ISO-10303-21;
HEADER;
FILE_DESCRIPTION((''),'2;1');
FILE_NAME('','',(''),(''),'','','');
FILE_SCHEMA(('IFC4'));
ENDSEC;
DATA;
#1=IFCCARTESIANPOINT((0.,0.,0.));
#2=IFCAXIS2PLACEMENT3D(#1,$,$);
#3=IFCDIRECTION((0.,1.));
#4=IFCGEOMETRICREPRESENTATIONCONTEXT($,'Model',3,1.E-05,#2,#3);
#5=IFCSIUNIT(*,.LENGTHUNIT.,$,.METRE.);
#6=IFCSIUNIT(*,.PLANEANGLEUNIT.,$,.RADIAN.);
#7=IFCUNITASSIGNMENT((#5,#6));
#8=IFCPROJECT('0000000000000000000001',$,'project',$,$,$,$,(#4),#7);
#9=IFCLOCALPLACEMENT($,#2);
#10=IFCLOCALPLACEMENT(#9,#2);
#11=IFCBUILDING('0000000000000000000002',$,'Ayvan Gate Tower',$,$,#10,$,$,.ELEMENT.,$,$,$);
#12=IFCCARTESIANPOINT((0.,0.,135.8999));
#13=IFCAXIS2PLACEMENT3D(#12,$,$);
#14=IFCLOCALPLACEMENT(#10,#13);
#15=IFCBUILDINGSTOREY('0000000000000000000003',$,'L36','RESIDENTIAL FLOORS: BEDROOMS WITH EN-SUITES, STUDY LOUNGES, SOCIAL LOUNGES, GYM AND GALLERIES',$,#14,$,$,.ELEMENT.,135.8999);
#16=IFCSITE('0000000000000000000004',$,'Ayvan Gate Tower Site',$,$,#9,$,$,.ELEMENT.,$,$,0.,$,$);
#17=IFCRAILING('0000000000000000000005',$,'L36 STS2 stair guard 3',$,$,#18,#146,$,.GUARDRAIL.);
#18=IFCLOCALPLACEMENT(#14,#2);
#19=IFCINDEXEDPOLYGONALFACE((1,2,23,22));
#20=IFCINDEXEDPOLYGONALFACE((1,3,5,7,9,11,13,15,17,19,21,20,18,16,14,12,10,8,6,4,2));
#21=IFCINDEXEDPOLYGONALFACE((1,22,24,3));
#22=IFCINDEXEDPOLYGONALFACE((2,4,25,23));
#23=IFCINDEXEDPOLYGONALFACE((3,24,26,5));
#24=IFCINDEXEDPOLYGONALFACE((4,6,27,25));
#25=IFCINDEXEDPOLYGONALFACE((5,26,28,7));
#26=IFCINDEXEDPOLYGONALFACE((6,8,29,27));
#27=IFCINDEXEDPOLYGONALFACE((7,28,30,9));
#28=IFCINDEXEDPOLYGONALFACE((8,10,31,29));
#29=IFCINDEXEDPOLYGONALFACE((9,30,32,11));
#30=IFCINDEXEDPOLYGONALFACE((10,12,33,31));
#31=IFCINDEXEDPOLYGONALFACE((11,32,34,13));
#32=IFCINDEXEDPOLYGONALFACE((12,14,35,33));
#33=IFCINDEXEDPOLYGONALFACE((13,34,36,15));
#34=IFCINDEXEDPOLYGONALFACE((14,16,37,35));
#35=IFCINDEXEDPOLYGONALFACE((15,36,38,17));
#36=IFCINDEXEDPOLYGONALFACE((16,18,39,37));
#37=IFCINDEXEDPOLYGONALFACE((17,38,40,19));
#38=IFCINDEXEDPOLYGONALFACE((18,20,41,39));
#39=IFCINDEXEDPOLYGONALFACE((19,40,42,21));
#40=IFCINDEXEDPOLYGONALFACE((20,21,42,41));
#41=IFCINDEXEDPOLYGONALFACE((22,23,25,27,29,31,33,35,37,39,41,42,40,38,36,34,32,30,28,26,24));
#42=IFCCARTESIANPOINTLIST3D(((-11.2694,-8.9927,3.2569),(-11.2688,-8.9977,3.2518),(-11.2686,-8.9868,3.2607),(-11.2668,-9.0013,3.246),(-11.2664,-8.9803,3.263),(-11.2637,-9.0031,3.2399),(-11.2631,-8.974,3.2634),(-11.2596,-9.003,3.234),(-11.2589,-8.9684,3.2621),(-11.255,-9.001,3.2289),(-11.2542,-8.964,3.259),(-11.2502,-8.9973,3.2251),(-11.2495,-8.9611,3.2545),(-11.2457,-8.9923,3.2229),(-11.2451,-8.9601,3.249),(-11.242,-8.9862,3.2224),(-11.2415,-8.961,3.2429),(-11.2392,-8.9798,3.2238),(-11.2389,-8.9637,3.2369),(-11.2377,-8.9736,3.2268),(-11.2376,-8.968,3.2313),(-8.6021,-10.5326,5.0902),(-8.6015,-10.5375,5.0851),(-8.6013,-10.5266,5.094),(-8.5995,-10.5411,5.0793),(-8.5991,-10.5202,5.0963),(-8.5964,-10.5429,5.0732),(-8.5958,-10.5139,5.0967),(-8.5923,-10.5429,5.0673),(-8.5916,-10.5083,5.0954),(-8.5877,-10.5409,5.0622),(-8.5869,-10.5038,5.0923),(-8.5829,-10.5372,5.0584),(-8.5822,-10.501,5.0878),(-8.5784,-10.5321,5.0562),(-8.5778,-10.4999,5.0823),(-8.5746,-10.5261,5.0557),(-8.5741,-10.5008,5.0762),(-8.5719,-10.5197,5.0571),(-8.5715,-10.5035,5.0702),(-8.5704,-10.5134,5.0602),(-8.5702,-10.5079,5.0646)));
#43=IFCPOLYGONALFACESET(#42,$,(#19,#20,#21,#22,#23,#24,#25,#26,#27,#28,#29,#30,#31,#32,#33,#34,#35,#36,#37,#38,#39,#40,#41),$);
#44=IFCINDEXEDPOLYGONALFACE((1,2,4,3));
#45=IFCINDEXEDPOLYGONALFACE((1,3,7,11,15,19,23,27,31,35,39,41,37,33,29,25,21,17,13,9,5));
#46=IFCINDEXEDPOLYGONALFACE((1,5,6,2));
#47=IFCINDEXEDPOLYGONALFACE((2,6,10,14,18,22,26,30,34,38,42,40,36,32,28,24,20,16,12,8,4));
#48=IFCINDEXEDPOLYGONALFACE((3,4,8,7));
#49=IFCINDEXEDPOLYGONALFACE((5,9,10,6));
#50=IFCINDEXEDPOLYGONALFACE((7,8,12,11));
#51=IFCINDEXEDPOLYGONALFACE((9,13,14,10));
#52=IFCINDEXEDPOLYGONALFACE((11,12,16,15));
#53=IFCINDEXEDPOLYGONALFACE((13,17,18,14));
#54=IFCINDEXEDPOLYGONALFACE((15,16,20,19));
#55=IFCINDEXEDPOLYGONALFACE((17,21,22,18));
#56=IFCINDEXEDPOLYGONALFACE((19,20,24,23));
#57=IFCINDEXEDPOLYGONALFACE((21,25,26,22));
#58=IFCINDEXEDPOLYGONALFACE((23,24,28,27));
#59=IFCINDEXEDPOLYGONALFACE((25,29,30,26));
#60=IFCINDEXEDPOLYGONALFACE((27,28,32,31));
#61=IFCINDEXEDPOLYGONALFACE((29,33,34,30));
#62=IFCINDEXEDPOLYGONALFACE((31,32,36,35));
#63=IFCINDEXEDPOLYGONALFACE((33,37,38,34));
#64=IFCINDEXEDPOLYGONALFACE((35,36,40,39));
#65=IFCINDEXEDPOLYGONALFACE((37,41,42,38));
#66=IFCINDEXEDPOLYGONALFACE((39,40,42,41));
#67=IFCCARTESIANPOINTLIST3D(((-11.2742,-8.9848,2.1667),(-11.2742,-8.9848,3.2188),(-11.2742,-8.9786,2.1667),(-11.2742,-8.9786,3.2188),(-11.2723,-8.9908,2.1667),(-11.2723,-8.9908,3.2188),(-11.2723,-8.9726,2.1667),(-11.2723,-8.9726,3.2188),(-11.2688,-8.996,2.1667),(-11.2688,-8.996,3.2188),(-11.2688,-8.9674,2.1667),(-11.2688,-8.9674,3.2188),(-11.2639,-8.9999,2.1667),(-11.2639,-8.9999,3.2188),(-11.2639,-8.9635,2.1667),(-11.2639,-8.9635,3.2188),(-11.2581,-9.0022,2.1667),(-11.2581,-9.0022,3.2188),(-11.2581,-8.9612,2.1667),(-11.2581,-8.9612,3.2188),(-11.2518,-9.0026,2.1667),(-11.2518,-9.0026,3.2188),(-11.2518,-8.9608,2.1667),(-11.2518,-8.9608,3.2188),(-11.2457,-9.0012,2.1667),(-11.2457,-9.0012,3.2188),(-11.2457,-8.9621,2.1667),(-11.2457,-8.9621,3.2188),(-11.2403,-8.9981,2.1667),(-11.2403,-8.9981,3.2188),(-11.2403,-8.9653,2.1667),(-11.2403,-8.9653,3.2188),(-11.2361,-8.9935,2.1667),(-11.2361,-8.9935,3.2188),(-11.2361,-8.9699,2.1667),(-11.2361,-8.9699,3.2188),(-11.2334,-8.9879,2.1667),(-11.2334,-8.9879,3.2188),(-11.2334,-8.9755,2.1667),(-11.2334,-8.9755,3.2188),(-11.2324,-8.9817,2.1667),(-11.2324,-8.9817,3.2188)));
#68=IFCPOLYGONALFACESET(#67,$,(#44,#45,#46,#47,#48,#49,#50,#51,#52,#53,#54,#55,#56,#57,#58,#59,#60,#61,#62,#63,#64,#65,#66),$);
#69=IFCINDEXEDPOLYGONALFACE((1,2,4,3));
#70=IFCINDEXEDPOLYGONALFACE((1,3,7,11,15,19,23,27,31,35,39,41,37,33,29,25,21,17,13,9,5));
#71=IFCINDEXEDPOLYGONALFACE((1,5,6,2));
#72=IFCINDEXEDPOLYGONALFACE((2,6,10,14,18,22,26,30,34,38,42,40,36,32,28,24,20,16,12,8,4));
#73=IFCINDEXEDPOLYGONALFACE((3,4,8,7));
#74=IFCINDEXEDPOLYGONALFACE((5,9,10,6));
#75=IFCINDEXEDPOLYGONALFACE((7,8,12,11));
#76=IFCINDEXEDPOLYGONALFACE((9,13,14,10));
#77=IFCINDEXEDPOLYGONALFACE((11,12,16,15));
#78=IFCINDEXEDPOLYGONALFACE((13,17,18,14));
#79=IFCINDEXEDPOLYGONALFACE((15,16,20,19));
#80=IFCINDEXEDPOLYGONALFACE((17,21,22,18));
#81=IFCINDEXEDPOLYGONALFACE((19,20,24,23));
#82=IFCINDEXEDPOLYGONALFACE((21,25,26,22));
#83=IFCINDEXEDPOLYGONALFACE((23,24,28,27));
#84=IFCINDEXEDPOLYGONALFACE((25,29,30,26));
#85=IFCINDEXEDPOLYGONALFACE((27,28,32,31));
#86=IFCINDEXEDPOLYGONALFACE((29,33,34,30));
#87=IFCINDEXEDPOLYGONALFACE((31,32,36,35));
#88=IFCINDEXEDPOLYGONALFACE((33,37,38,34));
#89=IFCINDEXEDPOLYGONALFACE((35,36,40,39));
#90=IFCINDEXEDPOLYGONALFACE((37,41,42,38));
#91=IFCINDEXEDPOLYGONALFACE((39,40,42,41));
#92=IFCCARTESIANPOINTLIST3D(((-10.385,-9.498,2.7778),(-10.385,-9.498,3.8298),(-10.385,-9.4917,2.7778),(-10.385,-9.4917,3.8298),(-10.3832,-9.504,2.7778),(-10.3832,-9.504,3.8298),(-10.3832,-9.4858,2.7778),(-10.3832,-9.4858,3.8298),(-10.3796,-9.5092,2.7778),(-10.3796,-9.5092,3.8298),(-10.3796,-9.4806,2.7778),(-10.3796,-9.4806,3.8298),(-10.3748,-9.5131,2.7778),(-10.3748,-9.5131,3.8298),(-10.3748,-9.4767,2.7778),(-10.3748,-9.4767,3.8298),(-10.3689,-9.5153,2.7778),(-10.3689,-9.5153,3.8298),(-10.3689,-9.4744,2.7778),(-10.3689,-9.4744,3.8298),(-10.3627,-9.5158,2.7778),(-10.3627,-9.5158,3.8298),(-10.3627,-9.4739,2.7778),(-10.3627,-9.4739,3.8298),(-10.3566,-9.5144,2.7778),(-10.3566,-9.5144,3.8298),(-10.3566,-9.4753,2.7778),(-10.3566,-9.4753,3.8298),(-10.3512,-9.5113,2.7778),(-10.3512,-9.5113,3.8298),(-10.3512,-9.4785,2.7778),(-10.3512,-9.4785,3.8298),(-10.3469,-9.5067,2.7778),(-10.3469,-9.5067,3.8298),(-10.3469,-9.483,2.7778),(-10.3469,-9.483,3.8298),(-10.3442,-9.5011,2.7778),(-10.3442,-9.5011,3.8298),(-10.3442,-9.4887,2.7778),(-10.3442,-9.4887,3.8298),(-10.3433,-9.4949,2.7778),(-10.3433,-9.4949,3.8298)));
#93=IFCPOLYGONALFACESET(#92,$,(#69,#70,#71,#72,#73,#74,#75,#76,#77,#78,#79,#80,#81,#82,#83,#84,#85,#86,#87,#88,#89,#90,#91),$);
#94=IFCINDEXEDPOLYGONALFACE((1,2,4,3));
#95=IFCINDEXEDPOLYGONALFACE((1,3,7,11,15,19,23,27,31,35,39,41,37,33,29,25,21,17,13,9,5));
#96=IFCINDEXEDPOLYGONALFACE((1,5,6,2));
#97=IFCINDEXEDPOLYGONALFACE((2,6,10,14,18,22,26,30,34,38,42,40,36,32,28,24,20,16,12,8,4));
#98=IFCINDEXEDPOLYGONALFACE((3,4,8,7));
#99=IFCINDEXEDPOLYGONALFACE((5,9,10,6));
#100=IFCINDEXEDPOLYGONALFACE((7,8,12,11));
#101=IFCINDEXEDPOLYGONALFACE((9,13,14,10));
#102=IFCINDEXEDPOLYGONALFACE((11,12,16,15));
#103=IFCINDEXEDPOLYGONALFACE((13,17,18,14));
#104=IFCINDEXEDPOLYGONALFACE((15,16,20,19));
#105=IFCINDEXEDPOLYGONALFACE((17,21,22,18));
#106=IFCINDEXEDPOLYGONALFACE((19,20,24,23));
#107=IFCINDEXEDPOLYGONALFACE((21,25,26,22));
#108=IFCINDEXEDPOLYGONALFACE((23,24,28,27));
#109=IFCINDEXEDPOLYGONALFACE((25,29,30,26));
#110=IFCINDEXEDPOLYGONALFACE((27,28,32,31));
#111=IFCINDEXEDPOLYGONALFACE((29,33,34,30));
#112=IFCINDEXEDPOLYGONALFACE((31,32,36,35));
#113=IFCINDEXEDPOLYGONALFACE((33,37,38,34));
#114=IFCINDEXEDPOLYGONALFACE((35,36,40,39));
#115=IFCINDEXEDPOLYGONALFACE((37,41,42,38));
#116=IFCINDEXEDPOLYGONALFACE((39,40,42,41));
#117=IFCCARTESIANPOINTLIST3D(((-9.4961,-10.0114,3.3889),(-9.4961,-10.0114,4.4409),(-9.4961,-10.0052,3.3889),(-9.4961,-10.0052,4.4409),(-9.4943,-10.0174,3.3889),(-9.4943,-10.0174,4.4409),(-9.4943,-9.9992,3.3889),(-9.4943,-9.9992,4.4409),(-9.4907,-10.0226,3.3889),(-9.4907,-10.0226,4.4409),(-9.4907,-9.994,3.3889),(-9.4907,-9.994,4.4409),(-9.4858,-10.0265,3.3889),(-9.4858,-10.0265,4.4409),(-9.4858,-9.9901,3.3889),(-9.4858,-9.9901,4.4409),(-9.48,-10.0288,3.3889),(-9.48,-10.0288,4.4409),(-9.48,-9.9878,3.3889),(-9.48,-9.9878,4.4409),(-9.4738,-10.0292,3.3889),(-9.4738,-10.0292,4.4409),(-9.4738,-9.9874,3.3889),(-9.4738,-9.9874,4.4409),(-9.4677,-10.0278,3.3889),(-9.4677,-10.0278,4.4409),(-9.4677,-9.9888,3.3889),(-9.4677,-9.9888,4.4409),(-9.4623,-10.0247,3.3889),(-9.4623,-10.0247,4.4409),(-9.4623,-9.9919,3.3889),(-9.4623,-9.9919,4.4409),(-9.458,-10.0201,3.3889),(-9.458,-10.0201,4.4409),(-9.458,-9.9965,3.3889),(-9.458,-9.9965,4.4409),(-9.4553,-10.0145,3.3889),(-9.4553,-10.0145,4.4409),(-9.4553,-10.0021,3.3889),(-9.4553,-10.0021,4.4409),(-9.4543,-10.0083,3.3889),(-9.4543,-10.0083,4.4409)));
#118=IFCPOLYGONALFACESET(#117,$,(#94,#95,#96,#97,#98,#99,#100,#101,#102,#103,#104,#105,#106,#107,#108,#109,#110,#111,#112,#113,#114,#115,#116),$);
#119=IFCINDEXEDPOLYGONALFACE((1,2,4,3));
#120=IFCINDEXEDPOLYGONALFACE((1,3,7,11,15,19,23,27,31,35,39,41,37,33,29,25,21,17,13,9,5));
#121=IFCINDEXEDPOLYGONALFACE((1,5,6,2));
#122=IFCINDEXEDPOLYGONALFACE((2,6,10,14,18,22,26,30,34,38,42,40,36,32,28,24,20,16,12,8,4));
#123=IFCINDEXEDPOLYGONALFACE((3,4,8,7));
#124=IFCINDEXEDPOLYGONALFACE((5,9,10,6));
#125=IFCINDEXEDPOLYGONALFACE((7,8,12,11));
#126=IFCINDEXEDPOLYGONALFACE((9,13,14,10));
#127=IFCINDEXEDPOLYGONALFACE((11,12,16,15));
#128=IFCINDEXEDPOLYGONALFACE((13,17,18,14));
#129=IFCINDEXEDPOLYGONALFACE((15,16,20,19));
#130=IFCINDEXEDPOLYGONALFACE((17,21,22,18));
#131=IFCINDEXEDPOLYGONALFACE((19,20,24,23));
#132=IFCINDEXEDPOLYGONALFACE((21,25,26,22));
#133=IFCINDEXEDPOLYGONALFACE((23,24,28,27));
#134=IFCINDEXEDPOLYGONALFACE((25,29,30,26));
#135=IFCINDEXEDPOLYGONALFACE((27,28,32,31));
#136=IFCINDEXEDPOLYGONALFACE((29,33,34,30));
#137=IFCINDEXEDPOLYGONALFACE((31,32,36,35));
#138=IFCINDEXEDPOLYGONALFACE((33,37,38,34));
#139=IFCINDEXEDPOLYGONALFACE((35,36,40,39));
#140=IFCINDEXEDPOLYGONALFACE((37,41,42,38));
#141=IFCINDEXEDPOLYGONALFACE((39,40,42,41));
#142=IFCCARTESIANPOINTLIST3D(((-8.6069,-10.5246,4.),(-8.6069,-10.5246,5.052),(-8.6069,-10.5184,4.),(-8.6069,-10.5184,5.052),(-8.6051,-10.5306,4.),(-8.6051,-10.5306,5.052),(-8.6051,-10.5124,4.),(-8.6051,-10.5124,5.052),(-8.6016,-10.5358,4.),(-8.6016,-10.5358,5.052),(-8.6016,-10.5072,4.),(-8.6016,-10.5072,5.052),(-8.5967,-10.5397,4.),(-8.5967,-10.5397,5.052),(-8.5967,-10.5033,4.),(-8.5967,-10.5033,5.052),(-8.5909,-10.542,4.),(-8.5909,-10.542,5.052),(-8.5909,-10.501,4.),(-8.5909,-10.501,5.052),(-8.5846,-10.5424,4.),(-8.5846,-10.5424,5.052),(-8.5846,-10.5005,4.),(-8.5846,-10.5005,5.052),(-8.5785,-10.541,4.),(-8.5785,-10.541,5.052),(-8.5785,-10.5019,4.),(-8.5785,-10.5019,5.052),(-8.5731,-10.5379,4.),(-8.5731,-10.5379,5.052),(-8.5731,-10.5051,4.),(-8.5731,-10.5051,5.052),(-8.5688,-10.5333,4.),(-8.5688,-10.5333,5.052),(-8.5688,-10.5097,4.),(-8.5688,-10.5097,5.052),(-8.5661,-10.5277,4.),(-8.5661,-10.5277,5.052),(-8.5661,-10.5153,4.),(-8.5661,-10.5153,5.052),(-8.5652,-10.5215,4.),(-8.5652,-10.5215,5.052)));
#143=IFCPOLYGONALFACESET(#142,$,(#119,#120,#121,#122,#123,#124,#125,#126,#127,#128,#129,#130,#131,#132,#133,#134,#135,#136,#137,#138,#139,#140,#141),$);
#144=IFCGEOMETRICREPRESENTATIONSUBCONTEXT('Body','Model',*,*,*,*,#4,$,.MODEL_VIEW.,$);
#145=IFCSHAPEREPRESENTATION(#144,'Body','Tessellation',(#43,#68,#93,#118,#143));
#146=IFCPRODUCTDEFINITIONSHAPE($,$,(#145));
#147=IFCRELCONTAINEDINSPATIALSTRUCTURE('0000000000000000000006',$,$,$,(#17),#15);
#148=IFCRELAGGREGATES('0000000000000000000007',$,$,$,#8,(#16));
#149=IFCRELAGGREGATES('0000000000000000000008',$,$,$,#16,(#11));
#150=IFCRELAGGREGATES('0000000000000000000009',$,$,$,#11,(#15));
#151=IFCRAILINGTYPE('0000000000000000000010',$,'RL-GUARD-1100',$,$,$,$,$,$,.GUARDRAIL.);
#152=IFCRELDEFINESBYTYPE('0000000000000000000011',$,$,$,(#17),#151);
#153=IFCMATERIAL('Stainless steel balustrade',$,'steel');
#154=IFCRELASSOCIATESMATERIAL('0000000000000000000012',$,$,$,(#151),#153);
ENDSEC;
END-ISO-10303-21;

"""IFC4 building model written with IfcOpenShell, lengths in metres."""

from ifc_helpers import new_model, si_unit, direction, frame, origin, origin_2d, place, context, subcontext, project, spatial, circle, extrude, material, type_object, element, save


model = new_model("IFC4")

# Units and contexts
model_context = context("Model", 3, precision=1e-05, world=origin(), true_north=direction((0.0, 1.0)))
body_context = subcontext(model_context, "Body", "Model", "MODEL_VIEW")
ifc_project = project(units=[si_unit("LENGTHUNIT", "METRE"), si_unit("PLANEANGLEUNIT", "RADIAN")], contexts=[model_context])

# Site, building, storey
site_placement = place(None, origin())
site = spatial("IfcSite", under=ifc_project, at=site_placement, Name="Ayvan Gate Tower Site", CompositionType="ELEMENT", RefElevation=0.0)
building_placement = place(site_placement, origin())
building = spatial("IfcBuilding", under=site, at=building_placement, Name="Ayvan Gate Tower", CompositionType="ELEMENT")
storey_placement = place(building_placement, frame((0.0, 0.0, 135.8999)))
storey = spatial("IfcBuildingStorey", under=building, at=storey_placement, Name="L36", Description="RESIDENTIAL FLOORS: BEDROOMS WITH EN-SUITES, STUDY LOUNGES, SOCIAL LOUNGES, GYM AND GALLERIES", CompositionType="ELEMENT", Elevation=135.8999)

# Railing
ifc_material_1 = material(Name="Stainless steel balustrade", Category="steel")
railing_type_1 = type_object("IfcRailingType", Name="RL-GUARD-1100", PredefinedType="GUARDRAIL", material=ifc_material_1)
railing_1_placement = place(storey_placement, frame((-11.2534, -8.9817, 2.1667)))
element("IfcRailing", 1, at=railing_1_placement, inside=storey, type_object=railing_type_1, Name="L36 STS2 stair guard 3", PredefinedType="GUARDRAIL", context=body_context, shape_type="SweptSolid", body=[
    extrude(circle(Radius=0.0239, at=origin_2d()), frame((0.0, 0.0, 1.0762), z_axis=(0.744181, -0.429616, 0.511493), x_axis=(0.499967, 0.866044, 0.0)), (0.0, 0.0, 1.0), 3.5842),
    extrude(circle(Radius=0.021, at=origin_2d()), origin(), (0.0, 0.0, 1.0), 1.052),
    extrude(circle(Radius=0.021, at=origin_2d()), frame((0.8892, -0.5132, 0.6111)), (0.0, 0.0, 1.0), 1.052),
    extrude(circle(Radius=0.021, at=origin_2d()), frame((1.7781, -1.0266, 1.2222)), (0.0, 0.0, 1.0), 1.052),
    extrude(circle(Radius=0.021, at=origin_2d()), frame((2.6672, -1.5398, 1.8333)), (0.0, 0.0, 1.0), 1.052),
])

save(model, "model.ifc")
